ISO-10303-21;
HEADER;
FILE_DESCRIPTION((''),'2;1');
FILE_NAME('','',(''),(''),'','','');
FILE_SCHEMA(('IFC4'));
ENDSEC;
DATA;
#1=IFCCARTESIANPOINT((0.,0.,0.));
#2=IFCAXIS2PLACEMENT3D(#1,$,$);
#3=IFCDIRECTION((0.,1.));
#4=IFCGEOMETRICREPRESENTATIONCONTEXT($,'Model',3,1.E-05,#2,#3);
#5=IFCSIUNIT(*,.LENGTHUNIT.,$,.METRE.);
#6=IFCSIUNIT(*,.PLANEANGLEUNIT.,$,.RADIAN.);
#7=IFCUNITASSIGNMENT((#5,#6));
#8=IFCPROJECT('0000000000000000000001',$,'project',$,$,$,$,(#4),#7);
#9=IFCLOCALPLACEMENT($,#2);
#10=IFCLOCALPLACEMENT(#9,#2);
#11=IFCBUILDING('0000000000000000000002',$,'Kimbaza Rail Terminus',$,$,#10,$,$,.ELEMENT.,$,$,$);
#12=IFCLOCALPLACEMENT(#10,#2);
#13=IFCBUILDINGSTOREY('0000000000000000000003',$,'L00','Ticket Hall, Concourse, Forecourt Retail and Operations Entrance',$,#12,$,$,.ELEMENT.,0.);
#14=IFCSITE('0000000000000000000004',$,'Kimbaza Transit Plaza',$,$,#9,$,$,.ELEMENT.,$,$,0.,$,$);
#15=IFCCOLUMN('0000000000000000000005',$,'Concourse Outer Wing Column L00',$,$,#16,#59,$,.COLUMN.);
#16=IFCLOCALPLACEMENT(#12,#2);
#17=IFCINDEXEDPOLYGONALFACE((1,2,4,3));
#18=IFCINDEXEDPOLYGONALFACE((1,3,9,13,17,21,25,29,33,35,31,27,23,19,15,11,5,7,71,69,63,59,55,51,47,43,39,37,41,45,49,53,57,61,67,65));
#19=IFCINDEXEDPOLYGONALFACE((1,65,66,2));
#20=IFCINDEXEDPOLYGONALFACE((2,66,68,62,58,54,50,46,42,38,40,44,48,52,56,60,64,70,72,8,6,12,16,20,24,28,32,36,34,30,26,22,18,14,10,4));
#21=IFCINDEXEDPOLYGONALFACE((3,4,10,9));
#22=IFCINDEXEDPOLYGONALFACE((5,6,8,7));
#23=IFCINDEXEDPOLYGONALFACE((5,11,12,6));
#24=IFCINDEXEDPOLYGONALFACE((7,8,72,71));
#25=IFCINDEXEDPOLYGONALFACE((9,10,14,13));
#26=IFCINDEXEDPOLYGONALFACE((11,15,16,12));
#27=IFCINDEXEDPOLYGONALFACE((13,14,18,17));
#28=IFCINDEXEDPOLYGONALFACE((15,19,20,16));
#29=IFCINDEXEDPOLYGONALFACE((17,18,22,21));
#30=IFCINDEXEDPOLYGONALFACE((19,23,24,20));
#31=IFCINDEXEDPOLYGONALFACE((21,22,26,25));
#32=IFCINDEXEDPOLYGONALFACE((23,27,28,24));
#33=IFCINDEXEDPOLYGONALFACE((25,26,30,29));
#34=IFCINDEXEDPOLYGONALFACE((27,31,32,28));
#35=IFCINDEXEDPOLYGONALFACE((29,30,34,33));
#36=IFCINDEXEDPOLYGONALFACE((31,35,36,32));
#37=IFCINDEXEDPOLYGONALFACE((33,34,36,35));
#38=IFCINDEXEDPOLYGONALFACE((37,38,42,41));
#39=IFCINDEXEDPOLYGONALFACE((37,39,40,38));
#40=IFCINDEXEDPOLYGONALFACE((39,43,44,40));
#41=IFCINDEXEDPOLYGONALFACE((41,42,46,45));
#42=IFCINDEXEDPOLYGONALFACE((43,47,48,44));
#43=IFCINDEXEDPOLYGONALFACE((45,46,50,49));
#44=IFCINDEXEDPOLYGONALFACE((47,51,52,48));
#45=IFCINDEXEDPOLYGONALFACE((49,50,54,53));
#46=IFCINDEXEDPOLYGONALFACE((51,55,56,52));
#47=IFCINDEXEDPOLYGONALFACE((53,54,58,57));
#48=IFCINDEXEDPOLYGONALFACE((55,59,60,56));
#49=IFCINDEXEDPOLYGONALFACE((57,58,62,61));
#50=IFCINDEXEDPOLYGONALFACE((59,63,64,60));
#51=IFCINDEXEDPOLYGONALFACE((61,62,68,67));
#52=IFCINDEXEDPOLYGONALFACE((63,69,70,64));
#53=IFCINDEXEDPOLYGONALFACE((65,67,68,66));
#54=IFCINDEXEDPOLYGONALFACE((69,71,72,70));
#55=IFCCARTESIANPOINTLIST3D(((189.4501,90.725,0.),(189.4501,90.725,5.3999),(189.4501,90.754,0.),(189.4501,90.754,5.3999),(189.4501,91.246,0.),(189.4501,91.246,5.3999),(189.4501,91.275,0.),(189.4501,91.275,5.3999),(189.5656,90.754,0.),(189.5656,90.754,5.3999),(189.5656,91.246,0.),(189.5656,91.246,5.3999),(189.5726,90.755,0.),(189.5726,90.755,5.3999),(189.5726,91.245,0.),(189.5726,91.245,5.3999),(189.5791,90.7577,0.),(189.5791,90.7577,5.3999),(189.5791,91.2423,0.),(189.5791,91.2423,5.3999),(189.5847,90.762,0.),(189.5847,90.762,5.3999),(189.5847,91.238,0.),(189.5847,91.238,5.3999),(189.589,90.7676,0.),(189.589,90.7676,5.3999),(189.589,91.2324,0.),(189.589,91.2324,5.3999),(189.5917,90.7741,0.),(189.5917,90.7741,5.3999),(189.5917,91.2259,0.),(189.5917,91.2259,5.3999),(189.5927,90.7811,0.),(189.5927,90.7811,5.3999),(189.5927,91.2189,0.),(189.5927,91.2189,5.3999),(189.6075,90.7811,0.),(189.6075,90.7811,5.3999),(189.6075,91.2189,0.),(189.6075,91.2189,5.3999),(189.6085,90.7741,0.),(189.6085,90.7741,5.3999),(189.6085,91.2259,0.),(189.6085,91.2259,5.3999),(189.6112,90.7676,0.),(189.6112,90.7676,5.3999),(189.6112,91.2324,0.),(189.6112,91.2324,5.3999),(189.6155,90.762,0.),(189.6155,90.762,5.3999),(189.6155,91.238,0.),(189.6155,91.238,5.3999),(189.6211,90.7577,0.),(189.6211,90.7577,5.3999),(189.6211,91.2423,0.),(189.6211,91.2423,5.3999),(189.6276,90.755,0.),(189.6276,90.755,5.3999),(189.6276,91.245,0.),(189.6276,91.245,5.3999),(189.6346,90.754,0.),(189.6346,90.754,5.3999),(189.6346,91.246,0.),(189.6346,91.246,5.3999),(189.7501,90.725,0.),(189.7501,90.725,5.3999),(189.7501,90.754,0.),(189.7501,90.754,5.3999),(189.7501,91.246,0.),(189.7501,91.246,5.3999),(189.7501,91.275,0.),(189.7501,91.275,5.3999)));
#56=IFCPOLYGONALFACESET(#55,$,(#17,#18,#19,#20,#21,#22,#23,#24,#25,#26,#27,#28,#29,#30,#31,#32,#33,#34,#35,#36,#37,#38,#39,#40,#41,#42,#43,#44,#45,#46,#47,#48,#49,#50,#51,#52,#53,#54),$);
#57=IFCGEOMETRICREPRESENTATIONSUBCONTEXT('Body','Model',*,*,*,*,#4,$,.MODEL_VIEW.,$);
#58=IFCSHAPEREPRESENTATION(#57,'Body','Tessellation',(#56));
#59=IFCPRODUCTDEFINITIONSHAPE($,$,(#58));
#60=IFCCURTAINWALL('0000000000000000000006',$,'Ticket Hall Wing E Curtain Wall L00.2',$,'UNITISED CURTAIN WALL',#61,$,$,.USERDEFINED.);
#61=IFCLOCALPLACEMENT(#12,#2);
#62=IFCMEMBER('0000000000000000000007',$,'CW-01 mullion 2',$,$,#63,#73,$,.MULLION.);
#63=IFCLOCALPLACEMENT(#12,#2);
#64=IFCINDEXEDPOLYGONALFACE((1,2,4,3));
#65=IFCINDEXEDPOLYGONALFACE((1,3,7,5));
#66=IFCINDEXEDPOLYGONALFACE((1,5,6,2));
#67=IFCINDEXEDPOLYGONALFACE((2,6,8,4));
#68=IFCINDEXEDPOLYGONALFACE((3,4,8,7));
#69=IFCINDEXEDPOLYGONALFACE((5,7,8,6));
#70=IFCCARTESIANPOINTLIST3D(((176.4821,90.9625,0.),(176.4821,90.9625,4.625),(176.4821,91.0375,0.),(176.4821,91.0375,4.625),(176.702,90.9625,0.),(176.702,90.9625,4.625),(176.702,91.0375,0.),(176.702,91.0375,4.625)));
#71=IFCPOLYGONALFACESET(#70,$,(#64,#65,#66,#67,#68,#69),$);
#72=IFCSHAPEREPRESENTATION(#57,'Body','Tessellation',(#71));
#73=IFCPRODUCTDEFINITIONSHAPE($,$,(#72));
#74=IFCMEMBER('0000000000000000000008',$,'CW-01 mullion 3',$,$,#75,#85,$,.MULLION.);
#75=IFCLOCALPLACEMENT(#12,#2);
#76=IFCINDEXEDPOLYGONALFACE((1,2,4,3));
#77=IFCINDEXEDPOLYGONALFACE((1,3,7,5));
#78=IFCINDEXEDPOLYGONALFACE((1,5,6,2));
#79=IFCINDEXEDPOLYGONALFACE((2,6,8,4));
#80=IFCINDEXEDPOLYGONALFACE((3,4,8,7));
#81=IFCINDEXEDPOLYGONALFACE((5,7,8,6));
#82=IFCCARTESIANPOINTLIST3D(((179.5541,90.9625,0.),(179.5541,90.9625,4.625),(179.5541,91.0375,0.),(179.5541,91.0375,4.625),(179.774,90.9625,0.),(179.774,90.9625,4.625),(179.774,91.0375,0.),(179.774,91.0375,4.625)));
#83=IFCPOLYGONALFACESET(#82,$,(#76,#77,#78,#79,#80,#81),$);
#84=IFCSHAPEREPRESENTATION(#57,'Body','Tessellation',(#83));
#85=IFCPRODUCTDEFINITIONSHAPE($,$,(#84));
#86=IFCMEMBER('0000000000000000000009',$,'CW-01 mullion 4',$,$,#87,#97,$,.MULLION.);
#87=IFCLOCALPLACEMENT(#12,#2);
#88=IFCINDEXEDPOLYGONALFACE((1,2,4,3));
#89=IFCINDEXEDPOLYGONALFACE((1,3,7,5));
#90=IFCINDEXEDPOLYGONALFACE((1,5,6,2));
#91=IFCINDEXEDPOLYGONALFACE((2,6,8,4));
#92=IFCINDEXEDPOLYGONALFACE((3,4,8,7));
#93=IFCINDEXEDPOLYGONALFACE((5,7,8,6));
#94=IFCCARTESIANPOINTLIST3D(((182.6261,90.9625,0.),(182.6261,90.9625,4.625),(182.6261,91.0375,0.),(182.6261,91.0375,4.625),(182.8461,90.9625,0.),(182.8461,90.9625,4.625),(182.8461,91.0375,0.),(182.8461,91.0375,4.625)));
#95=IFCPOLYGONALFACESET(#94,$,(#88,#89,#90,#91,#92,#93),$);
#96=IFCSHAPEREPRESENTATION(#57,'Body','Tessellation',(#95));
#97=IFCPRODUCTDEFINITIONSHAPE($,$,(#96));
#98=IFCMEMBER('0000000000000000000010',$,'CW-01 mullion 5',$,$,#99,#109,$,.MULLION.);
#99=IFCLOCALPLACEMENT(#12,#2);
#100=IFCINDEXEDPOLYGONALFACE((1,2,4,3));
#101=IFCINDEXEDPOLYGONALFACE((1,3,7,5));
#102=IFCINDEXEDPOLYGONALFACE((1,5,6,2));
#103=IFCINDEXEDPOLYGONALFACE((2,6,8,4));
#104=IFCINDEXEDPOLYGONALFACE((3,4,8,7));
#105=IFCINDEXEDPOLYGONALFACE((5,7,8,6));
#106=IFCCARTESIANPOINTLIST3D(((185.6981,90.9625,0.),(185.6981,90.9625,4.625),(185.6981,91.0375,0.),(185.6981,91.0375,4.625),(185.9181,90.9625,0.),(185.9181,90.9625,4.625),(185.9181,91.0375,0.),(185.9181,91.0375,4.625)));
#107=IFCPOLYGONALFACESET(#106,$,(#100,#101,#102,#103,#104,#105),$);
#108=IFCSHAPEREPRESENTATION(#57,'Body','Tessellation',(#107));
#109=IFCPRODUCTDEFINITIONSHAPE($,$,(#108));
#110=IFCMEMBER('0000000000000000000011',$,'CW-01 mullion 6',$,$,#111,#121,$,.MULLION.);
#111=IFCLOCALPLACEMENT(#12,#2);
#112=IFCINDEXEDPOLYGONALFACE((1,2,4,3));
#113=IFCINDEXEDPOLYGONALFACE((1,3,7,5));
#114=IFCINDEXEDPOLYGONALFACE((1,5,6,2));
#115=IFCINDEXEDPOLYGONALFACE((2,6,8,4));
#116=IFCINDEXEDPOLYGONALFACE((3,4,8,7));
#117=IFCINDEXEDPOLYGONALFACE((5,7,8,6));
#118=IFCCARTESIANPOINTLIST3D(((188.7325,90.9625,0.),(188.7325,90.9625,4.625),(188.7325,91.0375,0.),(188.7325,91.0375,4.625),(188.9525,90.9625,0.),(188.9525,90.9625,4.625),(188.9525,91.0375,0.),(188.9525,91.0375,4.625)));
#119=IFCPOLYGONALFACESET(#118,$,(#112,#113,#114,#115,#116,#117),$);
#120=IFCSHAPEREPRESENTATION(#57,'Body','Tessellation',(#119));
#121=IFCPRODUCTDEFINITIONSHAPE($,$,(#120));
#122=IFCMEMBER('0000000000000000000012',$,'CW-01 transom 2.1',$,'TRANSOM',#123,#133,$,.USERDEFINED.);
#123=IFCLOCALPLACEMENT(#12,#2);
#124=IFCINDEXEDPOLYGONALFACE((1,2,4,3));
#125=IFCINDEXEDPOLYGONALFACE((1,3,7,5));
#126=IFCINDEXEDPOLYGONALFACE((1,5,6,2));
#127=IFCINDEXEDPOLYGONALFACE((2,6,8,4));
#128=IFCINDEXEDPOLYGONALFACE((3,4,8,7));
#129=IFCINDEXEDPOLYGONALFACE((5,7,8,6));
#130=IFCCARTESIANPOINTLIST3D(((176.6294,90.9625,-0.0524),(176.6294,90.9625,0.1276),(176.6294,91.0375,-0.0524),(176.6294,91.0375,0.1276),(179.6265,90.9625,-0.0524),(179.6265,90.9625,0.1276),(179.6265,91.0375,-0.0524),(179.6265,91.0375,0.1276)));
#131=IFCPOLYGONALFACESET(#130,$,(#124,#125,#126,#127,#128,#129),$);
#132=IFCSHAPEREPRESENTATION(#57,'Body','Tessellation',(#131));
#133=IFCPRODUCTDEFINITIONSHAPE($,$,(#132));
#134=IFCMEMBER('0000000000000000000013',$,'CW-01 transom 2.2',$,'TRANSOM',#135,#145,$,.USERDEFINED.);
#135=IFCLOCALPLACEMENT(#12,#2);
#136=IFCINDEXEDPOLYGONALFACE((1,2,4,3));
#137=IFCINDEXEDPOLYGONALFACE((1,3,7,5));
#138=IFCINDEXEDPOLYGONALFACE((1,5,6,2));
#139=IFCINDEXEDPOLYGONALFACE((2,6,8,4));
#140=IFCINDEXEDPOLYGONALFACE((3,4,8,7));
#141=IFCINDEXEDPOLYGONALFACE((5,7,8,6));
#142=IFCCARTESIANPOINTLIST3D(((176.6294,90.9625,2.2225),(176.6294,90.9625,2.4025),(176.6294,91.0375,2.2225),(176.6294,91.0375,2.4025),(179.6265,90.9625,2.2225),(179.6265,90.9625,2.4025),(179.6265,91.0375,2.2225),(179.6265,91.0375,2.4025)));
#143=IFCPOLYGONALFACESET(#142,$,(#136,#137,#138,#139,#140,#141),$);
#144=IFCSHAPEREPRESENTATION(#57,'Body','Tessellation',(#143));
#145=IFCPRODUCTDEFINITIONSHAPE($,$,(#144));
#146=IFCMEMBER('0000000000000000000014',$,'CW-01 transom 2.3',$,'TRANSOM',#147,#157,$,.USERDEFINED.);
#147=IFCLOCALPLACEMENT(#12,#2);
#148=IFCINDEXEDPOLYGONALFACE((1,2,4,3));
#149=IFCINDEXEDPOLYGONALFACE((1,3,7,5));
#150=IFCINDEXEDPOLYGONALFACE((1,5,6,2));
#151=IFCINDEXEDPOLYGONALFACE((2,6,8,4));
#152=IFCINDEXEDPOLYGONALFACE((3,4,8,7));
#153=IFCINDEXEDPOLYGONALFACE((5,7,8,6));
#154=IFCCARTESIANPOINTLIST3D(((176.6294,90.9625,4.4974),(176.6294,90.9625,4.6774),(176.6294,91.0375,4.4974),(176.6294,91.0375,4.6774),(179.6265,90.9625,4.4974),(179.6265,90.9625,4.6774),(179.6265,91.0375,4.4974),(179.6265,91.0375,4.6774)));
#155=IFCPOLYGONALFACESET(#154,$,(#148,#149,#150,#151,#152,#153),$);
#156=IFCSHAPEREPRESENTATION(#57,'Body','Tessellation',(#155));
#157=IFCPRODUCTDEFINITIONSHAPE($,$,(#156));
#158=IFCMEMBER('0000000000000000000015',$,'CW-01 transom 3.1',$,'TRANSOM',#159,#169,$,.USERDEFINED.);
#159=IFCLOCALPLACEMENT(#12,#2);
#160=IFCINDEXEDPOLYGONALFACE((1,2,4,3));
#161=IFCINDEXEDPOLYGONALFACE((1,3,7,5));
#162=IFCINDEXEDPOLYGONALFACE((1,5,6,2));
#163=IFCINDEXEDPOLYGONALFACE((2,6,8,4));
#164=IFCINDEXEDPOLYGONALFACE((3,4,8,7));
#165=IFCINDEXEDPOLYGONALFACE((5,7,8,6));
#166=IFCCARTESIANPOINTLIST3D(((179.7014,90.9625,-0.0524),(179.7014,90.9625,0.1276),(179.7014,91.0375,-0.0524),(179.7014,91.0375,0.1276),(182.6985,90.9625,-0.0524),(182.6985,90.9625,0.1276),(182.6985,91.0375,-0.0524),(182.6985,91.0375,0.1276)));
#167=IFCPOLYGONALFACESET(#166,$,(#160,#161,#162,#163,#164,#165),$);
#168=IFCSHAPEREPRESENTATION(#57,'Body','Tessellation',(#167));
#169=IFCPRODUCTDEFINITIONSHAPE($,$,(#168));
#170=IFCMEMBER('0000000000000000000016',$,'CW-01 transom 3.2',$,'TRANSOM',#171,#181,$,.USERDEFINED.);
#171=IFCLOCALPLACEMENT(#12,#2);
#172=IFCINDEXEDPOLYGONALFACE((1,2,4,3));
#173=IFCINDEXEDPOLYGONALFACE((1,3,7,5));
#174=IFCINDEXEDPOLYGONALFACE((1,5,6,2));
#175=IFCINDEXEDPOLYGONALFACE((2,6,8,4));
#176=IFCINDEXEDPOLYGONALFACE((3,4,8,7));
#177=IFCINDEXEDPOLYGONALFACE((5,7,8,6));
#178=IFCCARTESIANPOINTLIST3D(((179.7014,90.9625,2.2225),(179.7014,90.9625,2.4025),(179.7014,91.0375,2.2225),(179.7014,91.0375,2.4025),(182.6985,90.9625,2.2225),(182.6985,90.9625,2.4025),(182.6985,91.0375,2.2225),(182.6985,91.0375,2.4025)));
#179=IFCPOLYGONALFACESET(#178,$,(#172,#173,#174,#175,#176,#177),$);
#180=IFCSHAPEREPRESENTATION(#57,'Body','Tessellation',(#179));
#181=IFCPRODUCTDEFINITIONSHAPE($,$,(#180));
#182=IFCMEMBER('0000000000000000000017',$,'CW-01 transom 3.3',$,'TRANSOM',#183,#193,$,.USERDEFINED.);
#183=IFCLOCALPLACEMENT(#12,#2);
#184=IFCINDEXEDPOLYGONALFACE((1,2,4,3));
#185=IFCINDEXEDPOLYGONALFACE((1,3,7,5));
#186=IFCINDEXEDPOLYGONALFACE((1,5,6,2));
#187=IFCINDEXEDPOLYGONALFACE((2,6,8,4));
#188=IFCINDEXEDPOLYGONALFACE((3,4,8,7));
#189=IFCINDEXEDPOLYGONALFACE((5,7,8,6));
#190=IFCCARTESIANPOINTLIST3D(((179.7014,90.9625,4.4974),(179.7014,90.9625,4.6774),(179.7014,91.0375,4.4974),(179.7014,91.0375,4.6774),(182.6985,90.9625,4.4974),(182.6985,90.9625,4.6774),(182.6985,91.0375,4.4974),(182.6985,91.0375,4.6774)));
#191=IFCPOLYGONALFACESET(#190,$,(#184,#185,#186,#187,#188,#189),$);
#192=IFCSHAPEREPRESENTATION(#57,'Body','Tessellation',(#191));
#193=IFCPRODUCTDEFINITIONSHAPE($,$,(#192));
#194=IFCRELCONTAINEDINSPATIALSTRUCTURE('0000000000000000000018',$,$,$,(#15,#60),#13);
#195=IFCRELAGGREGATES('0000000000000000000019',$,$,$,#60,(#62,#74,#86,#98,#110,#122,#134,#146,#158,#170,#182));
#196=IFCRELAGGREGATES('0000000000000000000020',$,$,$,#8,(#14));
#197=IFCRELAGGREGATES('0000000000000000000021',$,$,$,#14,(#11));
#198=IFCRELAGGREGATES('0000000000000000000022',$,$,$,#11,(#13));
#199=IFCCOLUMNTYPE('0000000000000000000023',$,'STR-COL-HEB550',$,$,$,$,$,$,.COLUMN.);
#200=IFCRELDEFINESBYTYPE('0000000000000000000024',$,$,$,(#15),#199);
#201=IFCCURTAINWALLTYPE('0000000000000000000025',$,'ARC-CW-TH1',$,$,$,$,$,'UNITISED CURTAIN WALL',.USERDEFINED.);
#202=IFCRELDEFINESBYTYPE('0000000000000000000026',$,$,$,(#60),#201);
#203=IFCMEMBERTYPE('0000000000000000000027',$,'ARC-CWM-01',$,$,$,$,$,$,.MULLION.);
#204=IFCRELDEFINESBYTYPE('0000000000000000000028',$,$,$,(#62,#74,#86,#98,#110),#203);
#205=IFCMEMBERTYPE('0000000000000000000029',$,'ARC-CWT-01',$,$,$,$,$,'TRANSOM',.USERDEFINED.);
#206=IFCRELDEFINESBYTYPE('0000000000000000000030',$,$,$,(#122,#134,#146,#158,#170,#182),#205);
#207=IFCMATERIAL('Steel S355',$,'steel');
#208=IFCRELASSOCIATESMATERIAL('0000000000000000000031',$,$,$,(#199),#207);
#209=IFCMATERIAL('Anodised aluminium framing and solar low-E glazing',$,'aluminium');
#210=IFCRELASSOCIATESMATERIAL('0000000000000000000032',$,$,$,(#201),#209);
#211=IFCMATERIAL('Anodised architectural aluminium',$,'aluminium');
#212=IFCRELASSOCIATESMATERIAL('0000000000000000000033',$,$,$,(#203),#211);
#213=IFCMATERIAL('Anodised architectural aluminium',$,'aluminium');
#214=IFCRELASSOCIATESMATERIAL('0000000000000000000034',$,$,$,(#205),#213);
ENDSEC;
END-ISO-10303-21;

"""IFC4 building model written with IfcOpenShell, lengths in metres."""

from ifc_helpers import new_model, si_unit, direction, frame, origin, origin_2d, place, context, subcontext, project, spatial, rectangle, i_section, extrude, material, material_profile, profile_set, type_object, element, aggregate, save


model = new_model("IFC4")

# Units and contexts
model_context = context("Model", 3, precision=1e-05, world=origin(), true_north=direction((0.0, 1.0)))
body_context = subcontext(model_context, "Body", "Model", "MODEL_VIEW")
ifc_project = project(units=[si_unit("LENGTHUNIT", "METRE"), si_unit("PLANEANGLEUNIT", "RADIAN")], contexts=[model_context])

# Site, building, storey
site_placement = place(None, origin())
site = spatial("IfcSite", under=ifc_project, at=site_placement, Name="Kimbaza Transit Plaza", CompositionType="ELEMENT", RefElevation=0.0)
building_placement = place(site_placement, origin())
building = spatial("IfcBuilding", under=site, at=building_placement, Name="Kimbaza Rail Terminus", CompositionType="ELEMENT")
storey_placement = place(building_placement, origin())
storey = spatial("IfcBuildingStorey", under=building, at=storey_placement, Name="L00", Description="Ticket Hall, Concourse, Forecourt Retail and Operations Entrance", CompositionType="ELEMENT", Elevation=0.0)

# Column
ifc_material_1 = material(Name="Steel S355", Category="steel")
ifc_material_profile_1 = material_profile(ifc_material_1, i_section(OverallWidth=0.3, OverallDepth=0.55, WebThickness=0.0149, FlangeThickness=0.0291, FilletRadius=0.0271, at=origin_2d()), Name="HEB 550")
ifc_profile_set_1 = profile_set([ifc_material_profile_1], Name="Steel S355")
column_type = type_object("IfcColumnType", Name="STR-COL-HEB550", PredefinedType="COLUMN", material=ifc_profile_set_1)
column_placement = place(storey_placement, frame((189.6001, 91.0, 0.0), z_axis=(0.0, 0.0, 1.0), x_axis=(1.0, 0.0, 0.0)))
element("IfcColumn", 1, at=column_placement, inside=storey, type_object=column_type, Name="Concourse Outer Wing Column L00", PredefinedType="COLUMN", context=body_context, shape_type="SweptSolid", body=[
    extrude(i_section(OverallWidth=0.3, OverallDepth=0.55, WebThickness=0.0149, FlangeThickness=0.0291, FilletRadius=0.0271, at=origin_2d()), origin(), (0.0, 0.0, 1.0), 5.3999),
])

# Curtain wall, members
ifc_material_2 = material(Name="Anodised aluminium framing and solar low-E glazing", Category="aluminium")
curtain_wall_type_1 = type_object("IfcCurtainWallType", Name="ARC-CW-TH1", ElementType="UNITISED CURTAIN WALL", PredefinedType="USERDEFINED", material=ifc_material_2)
curtain_wall_1_placement = place(storey_placement, origin())
curtain_wall_1 = element("IfcCurtainWall", 2, at=curtain_wall_1_placement, inside=storey, type_object=curtain_wall_type_1, Name="Ticket Hall Wing E Curtain Wall L00.2", ObjectType="UNITISED CURTAIN WALL", PredefinedType="USERDEFINED")
ifc_material_3 = material(Name="Anodised architectural aluminium", Category="aluminium")
ifc_material_profile_2 = material_profile(ifc_material_3, rectangle(XDim=0.075, YDim=0.22, at=origin_2d()), Name="MULLION 75x220")
ifc_profile_set_2 = profile_set([ifc_material_profile_2], Name="Anodised architectural aluminium")
member_type_1 = type_object("IfcMemberType", Name="ARC-CWM-01", PredefinedType="MULLION", material=ifc_profile_set_2)
member_1_placement = place(storey_placement, frame((176.592, 91.0, 0.0), z_axis=(0.0, 0.0, 1.0), x_axis=(0.0, 1.0, 0.0)))
member_1 = element("IfcMember", 3, at=member_1_placement, type_object=member_type_1, Name="CW-01 mullion 2", PredefinedType="MULLION", context=body_context, shape_type="SweptSolid", body=[
    extrude(rectangle(XDim=0.075, YDim=0.22, at=origin_2d()), origin(), (0.0, 0.0, 1.0), 4.625),
])
member_2_placement = place(storey_placement, frame((179.6641, 91.0, 0.0), z_axis=(0.0, 0.0, 1.0), x_axis=(0.0, 1.0, 0.0)))
member_2 = element("IfcMember", 4, at=member_2_placement, type_object=member_type_1, Name="CW-01 mullion 3", PredefinedType="MULLION", context=body_context, shape_type="SweptSolid", body=[
    extrude(rectangle(XDim=0.075, YDim=0.22, at=origin_2d()), origin(), (0.0, 0.0, 1.0), 4.625),
])
member_3_placement = place(storey_placement, frame((182.7361, 91.0, 0.0), z_axis=(0.0, 0.0, 1.0), x_axis=(0.0, 1.0, 0.0)))
member_3 = element("IfcMember", 5, at=member_3_placement, type_object=member_type_1, Name="CW-01 mullion 4", PredefinedType="MULLION", context=body_context, shape_type="SweptSolid", body=[
    extrude(rectangle(XDim=0.075, YDim=0.22, at=origin_2d()), origin(), (0.0, 0.0, 1.0), 4.625),
])
member_4_placement = place(storey_placement, frame((185.8081, 91.0, 0.0), z_axis=(0.0, 0.0, 1.0), x_axis=(0.0, 1.0, 0.0)))
member_4 = element("IfcMember", 6, at=member_4_placement, type_object=member_type_1, Name="CW-01 mullion 5", PredefinedType="MULLION", context=body_context, shape_type="SweptSolid", body=[
    extrude(rectangle(XDim=0.075, YDim=0.22, at=origin_2d()), origin(), (0.0, 0.0, 1.0), 4.625),
])
member_5_placement = place(storey_placement, frame((188.8425, 91.0, 0.0), z_axis=(0.0, 0.0, 1.0), x_axis=(0.0, 1.0, 0.0)))
member_5 = element("IfcMember", 7, at=member_5_placement, type_object=member_type_1, Name="CW-01 mullion 6", PredefinedType="MULLION", context=body_context, shape_type="SweptSolid", body=[
    extrude(rectangle(XDim=0.075, YDim=0.22, at=origin_2d()), origin(), (0.0, 0.0, 1.0), 4.625),
])
ifc_material_4 = material(Name="Anodised architectural aluminium", Category="aluminium")
ifc_material_profile_3 = material_profile(ifc_material_4, rectangle(XDim=0.075, YDim=0.1799, at=origin_2d()), Name="TRANSOM 75x180")
ifc_profile_set_3 = profile_set([ifc_material_profile_3], Name="Anodised architectural aluminium")
member_type_2 = type_object("IfcMemberType", Name="ARC-CWT-01", ElementType="TRANSOM", PredefinedType="USERDEFINED", material=ifc_profile_set_3)
member_6_placement = place(storey_placement, frame((176.6294, 91.0, 0.0376), z_axis=(1.0, 0.0, 0.0), x_axis=(0.0, 1.0, 0.0)))
member_6 = element("IfcMember", 8, at=member_6_placement, type_object=member_type_2, Name="CW-01 transom 2.1", ObjectType="TRANSOM", PredefinedType="USERDEFINED", context=body_context, shape_type="SweptSolid", body=[
    extrude(rectangle(XDim=0.075, YDim=0.1799, at=origin_2d()), origin(), (0.0, 0.0, 1.0), 2.9971),
])
member_7_placement = place(storey_placement, frame((176.6294, 91.0, 2.3125), z_axis=(1.0, 0.0, 0.0), x_axis=(0.0, 1.0, 0.0)))
member_7 = element("IfcMember", 9, at=member_7_placement, type_object=member_type_2, Name="CW-01 transom 2.2", ObjectType="TRANSOM", PredefinedType="USERDEFINED", context=body_context, shape_type="SweptSolid", body=[
    extrude(rectangle(XDim=0.075, YDim=0.1799, at=origin_2d()), origin(), (0.0, 0.0, 1.0), 2.9971),
])
member_8_placement = place(storey_placement, frame((176.6294, 91.0, 4.5874), z_axis=(1.0, 0.0, 0.0), x_axis=(0.0, 1.0, 0.0)))
member_8 = element("IfcMember", 10, at=member_8_placement, type_object=member_type_2, Name="CW-01 transom 2.3", ObjectType="TRANSOM", PredefinedType="USERDEFINED", context=body_context, shape_type="SweptSolid", body=[
    extrude(rectangle(XDim=0.075, YDim=0.1799, at=origin_2d()), origin(), (0.0, 0.0, 1.0), 2.9971),
])
member_9_placement = place(storey_placement, frame((179.7014, 91.0, 0.0376), z_axis=(1.0, 0.0, 0.0), x_axis=(0.0, 1.0, 0.0)))
member_9 = element("IfcMember", 11, at=member_9_placement, type_object=member_type_2, Name="CW-01 transom 3.1", ObjectType="TRANSOM", PredefinedType="USERDEFINED", context=body_context, shape_type="SweptSolid", body=[
    extrude(rectangle(XDim=0.075, YDim=0.1799, at=origin_2d()), origin(), (0.0, 0.0, 1.0), 2.9971),
])
member_10_placement = place(storey_placement, frame((179.7014, 91.0, 2.3125), z_axis=(1.0, 0.0, 0.0), x_axis=(0.0, 1.0, 0.0)))
member_10 = element("IfcMember", 12, at=member_10_placement, type_object=member_type_2, Name="CW-01 transom 3.2", ObjectType="TRANSOM", PredefinedType="USERDEFINED", context=body_context, shape_type="SweptSolid", body=[
    extrude(rectangle(XDim=0.075, YDim=0.1799, at=origin_2d()), origin(), (0.0, 0.0, 1.0), 2.9971),
])
member_11_placement = place(storey_placement, frame((179.7014, 91.0, 4.5874), z_axis=(1.0, 0.0, 0.0), x_axis=(0.0, 1.0, 0.0)))
member_11 = element("IfcMember", 13, at=member_11_placement, type_object=member_type_2, Name="CW-01 transom 3.3", ObjectType="TRANSOM", PredefinedType="USERDEFINED", context=body_context, shape_type="SweptSolid", body=[
    extrude(rectangle(XDim=0.075, YDim=0.1799, at=origin_2d()), origin(), (0.0, 0.0, 1.0), 2.9971),
])

aggregate(curtain_wall_1, [member_1, member_2, member_3, member_4, member_5, member_6, member_7, member_8, member_9, member_10, member_11])

save(model, "model.ifc")
